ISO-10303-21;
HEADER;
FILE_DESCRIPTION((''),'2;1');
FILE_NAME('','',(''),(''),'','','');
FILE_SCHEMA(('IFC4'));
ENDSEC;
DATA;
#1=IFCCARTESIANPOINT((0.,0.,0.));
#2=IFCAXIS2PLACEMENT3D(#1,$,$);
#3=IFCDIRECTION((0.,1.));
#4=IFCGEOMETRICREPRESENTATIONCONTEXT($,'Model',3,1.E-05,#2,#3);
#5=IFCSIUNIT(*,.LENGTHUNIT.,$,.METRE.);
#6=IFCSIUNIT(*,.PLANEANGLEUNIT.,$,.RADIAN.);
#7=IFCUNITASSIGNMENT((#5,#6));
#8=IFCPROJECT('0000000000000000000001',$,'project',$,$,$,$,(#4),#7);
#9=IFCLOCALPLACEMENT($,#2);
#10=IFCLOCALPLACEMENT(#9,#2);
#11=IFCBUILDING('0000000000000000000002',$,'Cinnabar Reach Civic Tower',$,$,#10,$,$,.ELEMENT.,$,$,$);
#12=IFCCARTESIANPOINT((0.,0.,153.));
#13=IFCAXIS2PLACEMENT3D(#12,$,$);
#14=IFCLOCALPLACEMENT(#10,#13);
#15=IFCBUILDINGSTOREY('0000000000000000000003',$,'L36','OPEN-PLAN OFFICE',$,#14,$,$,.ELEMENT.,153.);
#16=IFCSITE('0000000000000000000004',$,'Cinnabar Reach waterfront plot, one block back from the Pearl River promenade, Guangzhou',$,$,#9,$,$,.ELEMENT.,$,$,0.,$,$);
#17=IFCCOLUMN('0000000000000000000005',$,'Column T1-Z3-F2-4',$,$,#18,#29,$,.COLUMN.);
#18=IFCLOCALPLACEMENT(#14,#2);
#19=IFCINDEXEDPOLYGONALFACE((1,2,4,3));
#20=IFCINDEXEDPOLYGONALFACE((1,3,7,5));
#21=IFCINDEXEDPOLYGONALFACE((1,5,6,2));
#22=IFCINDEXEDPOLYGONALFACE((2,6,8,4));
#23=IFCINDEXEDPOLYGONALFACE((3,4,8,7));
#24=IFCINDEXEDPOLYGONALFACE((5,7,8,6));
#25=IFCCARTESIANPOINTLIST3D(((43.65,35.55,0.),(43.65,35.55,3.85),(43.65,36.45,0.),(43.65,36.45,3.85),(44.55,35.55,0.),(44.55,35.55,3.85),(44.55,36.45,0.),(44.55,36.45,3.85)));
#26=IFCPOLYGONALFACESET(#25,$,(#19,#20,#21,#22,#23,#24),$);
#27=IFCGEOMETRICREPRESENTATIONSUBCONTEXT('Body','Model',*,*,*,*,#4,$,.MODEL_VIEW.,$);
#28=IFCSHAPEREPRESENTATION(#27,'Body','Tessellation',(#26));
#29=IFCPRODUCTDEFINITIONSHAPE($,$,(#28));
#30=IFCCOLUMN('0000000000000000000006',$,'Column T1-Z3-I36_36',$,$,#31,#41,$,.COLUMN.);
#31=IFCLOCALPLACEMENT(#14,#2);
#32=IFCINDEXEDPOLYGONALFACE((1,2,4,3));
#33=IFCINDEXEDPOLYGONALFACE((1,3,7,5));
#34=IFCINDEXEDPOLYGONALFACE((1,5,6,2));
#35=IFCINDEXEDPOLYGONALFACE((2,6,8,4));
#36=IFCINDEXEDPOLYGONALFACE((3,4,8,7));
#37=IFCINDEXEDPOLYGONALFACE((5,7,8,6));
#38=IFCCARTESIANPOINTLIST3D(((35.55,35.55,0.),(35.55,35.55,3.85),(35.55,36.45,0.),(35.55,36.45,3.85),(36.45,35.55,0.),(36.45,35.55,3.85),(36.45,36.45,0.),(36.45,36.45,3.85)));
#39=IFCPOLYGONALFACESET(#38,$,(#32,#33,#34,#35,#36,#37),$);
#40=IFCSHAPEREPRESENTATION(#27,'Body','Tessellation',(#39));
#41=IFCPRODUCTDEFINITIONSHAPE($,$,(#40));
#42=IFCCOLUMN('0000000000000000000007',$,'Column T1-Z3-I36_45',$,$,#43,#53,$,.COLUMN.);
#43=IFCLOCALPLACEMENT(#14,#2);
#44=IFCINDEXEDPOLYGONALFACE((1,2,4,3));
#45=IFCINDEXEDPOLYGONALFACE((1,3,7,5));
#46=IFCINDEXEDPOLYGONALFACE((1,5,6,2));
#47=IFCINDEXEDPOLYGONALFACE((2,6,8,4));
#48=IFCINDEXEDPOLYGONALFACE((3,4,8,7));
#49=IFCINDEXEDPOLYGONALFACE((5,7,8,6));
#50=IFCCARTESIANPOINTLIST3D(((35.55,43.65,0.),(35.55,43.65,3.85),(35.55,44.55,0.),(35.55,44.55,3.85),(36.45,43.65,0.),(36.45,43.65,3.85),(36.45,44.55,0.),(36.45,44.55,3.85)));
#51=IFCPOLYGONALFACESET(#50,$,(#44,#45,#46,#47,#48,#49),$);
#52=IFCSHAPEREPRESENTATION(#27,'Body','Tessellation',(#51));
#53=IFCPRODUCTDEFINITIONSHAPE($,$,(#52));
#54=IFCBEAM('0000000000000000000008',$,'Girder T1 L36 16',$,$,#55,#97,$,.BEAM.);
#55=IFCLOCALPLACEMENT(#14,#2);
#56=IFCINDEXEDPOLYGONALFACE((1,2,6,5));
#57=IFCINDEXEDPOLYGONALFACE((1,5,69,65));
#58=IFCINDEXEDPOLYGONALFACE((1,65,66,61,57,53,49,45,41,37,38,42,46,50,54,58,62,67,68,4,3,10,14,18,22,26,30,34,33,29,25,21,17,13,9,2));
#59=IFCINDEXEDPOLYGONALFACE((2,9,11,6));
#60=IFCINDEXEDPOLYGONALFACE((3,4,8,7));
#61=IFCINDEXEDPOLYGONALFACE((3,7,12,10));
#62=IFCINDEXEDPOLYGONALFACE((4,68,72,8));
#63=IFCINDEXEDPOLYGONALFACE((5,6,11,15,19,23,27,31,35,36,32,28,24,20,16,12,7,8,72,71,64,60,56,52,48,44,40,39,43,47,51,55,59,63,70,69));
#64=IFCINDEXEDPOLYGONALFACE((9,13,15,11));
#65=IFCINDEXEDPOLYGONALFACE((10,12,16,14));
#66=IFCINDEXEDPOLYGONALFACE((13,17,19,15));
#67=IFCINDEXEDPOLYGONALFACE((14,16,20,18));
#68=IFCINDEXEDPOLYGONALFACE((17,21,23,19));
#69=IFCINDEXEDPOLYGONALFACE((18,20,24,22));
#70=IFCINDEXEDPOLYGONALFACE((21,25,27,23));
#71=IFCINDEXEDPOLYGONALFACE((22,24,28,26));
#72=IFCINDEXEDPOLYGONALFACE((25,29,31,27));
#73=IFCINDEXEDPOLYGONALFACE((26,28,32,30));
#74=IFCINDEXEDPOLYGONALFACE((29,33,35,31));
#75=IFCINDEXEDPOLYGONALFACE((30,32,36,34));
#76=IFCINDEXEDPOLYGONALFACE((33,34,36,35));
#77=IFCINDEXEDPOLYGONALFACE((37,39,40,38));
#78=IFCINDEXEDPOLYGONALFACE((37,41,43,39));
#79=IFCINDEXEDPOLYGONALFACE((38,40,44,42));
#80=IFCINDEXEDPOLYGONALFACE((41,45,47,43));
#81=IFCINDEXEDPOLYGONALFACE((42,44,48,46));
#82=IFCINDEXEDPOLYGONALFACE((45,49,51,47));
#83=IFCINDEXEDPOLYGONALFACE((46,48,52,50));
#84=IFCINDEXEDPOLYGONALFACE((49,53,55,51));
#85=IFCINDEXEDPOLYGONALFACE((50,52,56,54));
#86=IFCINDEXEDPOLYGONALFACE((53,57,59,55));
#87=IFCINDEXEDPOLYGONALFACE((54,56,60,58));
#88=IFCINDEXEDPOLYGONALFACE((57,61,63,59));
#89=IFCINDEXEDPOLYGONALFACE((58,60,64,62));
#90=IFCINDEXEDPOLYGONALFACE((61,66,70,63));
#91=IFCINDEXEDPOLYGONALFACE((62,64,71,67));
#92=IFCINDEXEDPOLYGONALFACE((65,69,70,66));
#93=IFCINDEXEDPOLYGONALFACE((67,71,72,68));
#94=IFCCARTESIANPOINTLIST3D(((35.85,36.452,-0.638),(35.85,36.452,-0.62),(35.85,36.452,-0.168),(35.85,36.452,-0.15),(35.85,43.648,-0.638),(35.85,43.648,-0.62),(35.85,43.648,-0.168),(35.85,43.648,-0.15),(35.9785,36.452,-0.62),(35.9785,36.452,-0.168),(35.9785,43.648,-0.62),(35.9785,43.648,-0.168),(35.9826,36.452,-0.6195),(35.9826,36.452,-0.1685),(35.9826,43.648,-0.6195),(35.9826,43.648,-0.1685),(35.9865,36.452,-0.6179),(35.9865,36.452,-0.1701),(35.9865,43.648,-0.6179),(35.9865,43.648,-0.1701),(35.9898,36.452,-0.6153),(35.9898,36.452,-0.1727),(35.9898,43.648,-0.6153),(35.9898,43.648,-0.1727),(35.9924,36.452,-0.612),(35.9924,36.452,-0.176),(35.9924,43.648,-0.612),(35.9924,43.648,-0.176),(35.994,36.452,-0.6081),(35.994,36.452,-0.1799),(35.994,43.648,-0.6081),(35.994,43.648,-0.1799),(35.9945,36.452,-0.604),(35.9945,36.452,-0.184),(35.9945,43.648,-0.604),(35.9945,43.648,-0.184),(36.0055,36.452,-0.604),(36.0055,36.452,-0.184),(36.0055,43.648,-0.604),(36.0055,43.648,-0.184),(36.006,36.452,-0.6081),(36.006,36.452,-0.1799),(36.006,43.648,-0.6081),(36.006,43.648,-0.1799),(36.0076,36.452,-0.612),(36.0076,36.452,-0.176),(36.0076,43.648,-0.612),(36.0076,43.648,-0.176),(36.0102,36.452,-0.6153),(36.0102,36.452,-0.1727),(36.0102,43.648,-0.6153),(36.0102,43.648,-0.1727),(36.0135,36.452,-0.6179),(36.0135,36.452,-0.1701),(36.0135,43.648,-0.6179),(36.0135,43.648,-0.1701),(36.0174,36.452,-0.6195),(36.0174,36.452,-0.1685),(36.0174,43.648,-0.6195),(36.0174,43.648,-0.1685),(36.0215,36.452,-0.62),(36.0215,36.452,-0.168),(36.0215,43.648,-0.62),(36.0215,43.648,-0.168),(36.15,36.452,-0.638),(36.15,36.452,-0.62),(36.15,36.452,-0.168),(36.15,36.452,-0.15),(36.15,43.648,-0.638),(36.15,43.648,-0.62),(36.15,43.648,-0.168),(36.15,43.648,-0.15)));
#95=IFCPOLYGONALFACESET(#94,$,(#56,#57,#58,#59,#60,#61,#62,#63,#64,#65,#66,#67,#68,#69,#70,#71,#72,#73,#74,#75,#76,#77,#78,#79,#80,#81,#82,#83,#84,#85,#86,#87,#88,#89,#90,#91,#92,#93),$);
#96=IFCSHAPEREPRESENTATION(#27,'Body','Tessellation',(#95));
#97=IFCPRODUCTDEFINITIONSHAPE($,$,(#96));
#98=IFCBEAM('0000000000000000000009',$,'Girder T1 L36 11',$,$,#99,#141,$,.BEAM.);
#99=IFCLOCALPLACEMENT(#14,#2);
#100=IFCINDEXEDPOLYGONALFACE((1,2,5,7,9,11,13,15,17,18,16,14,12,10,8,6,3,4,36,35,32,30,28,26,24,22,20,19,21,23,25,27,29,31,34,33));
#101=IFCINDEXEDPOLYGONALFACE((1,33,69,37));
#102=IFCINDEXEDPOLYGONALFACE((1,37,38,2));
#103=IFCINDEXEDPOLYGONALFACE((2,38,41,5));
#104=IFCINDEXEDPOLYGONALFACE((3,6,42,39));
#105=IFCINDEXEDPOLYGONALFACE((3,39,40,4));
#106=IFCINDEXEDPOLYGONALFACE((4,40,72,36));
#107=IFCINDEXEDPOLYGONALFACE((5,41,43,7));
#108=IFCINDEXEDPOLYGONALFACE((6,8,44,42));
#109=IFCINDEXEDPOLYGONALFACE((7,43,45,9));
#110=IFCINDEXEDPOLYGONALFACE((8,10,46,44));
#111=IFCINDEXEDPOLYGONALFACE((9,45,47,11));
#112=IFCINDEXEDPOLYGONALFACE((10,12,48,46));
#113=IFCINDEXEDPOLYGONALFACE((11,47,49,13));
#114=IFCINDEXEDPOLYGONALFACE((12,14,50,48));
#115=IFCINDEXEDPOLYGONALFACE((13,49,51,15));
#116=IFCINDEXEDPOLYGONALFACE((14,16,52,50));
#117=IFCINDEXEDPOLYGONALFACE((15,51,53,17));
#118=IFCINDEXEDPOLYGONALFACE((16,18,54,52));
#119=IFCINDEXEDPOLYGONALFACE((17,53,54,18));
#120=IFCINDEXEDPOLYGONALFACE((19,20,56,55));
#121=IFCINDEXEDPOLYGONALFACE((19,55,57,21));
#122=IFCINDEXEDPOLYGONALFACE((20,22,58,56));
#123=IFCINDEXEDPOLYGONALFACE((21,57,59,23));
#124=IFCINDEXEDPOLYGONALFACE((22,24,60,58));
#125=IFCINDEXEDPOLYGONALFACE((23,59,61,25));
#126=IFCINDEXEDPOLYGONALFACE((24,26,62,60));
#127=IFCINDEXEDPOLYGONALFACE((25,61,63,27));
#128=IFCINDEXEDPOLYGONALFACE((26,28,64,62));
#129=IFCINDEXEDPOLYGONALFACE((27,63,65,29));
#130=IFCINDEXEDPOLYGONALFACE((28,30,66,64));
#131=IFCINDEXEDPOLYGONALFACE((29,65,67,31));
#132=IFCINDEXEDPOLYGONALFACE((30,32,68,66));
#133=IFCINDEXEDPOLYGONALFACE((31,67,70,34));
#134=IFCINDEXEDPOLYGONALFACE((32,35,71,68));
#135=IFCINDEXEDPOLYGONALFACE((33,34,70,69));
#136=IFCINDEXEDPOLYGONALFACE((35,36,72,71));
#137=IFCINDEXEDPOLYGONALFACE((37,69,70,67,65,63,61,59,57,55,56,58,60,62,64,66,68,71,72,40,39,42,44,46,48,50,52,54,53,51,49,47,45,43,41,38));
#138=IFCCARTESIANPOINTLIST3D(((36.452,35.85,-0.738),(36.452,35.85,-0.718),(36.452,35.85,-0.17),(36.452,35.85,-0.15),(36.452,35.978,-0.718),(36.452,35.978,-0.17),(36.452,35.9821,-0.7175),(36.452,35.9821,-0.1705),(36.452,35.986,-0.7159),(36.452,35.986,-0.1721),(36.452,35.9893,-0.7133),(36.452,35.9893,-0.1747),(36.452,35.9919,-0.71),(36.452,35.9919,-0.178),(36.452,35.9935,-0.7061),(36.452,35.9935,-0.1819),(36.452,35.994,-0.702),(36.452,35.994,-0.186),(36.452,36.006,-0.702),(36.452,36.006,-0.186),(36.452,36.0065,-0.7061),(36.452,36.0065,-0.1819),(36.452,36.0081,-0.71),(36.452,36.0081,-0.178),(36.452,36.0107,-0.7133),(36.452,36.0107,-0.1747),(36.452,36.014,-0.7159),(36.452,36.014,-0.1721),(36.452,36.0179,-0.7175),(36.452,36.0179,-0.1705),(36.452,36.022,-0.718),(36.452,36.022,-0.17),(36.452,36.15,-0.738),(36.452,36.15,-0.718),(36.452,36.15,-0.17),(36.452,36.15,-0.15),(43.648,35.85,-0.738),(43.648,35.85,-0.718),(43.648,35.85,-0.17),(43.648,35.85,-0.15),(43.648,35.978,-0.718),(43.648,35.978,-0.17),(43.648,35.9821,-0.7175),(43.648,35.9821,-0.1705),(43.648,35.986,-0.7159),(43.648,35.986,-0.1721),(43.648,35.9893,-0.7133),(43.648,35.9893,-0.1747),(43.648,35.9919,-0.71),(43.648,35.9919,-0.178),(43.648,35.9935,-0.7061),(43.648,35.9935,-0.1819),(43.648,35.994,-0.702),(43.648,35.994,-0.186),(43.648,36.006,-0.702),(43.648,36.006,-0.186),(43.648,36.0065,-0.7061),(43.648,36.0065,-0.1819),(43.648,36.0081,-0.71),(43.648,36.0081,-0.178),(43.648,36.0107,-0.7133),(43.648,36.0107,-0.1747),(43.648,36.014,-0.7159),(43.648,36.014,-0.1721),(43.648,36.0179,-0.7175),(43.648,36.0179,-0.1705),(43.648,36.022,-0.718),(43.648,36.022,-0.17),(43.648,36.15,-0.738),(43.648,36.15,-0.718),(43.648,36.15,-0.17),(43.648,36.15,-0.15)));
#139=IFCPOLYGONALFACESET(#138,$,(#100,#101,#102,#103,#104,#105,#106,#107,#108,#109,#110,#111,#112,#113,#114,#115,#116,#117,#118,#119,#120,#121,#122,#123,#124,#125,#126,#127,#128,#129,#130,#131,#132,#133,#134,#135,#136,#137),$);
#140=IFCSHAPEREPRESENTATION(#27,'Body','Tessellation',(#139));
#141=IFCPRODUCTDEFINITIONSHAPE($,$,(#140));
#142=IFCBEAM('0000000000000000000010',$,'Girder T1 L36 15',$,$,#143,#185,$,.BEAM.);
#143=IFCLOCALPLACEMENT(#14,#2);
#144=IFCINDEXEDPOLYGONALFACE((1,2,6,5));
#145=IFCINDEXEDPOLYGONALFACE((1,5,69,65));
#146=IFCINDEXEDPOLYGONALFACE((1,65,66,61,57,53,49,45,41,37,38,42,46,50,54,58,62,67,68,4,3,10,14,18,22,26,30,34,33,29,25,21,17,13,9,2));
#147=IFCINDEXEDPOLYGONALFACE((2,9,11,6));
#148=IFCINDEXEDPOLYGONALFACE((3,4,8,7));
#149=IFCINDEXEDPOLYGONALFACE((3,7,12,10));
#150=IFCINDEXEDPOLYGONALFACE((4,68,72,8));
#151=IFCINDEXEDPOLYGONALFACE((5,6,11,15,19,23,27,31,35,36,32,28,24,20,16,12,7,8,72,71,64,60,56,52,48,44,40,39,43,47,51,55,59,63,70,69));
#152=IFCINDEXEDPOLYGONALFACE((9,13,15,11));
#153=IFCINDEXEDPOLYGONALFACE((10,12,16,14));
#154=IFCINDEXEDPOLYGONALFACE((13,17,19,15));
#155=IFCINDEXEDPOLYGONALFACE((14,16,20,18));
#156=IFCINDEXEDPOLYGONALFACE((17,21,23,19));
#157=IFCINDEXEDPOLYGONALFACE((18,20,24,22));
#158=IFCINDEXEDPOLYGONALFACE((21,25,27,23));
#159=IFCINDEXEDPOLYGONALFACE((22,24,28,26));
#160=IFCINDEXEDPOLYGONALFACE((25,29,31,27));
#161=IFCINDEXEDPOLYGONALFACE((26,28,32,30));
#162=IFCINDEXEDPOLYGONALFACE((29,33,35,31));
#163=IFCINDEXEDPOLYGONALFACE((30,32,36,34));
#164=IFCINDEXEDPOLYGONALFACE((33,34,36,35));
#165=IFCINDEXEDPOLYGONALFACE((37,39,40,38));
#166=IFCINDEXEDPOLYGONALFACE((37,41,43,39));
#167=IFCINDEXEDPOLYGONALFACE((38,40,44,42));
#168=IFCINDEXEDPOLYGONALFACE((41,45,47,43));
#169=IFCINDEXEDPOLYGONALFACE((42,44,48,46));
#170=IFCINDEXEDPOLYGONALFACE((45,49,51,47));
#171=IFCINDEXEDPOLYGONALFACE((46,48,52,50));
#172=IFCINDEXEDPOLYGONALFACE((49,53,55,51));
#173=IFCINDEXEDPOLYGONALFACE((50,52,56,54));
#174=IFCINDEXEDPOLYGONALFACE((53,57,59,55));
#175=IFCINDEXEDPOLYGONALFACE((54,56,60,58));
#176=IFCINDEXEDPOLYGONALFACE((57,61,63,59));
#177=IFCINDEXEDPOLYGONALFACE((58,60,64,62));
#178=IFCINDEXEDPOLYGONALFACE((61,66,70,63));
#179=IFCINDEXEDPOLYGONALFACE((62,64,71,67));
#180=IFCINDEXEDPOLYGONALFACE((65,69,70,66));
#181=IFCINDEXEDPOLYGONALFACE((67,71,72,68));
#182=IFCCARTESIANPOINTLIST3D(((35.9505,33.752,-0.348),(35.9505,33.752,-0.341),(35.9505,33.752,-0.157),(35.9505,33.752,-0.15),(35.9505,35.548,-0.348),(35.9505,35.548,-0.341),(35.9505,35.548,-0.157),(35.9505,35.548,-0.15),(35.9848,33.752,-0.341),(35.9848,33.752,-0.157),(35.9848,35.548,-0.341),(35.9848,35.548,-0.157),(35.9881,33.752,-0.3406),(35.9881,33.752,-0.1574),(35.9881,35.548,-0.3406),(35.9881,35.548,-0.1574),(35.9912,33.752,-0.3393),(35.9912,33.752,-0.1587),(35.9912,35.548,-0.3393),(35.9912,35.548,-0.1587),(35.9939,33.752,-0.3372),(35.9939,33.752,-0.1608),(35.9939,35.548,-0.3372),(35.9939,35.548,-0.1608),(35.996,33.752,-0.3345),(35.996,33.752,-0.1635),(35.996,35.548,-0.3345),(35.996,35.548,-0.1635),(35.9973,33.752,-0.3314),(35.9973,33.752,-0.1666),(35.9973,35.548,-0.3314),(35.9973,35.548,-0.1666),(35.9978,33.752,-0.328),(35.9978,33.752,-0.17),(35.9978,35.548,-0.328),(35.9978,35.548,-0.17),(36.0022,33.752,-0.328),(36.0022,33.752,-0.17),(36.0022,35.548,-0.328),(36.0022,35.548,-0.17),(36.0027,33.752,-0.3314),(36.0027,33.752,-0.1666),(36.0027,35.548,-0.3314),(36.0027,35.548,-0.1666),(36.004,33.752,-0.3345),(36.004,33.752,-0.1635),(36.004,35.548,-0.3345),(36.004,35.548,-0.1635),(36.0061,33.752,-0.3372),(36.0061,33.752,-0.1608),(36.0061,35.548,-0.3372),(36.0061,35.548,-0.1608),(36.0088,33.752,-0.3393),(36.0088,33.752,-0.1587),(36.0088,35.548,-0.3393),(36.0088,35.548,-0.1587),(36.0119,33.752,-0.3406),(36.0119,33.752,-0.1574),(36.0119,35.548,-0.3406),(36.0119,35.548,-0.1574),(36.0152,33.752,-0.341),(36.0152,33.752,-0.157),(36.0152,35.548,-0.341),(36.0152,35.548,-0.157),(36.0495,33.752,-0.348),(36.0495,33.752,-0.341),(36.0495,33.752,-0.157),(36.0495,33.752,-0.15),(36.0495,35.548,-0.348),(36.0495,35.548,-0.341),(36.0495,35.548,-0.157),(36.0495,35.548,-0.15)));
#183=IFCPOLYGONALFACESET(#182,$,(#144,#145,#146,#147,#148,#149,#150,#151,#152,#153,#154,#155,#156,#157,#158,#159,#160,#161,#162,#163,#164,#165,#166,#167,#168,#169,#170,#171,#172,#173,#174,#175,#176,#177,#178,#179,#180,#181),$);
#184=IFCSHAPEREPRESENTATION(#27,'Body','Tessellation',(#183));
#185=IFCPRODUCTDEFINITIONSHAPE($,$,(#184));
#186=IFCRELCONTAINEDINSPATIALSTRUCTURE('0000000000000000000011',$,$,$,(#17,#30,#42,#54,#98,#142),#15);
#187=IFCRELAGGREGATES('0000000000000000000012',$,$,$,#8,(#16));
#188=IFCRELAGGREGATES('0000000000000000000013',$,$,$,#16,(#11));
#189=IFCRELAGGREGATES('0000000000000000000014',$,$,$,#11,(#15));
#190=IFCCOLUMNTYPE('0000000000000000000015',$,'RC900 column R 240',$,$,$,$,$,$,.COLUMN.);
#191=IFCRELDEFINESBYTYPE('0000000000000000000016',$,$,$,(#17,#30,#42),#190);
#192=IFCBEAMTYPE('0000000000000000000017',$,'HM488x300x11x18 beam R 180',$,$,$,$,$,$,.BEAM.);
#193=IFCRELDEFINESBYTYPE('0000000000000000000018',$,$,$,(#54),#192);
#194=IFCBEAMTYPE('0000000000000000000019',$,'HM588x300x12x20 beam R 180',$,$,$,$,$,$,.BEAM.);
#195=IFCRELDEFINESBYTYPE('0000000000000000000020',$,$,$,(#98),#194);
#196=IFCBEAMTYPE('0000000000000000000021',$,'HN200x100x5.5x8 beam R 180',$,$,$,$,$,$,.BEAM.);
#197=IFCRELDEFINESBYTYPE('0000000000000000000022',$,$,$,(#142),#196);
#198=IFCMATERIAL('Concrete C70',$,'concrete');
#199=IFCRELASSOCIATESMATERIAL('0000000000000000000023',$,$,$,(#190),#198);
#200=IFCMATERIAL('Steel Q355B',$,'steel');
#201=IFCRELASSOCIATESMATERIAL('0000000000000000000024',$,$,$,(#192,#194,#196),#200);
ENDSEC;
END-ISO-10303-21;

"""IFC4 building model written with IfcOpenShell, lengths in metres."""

from ifc_helpers import new_model, si_unit, direction, frame, origin, origin_2d, place, context, subcontext, project, spatial, rectangle, i_section, extrude, material, material_profile, profile_set, type_object, element, save


model = new_model("IFC4")

# Units and contexts
model_context = context("Model", 3, precision=1e-05, world=origin(), true_north=direction((0.0, 1.0)))
body_context = subcontext(model_context, "Body", "Model", "MODEL_VIEW")
ifc_project = project(units=[si_unit("LENGTHUNIT", "METRE"), si_unit("PLANEANGLEUNIT", "RADIAN")], contexts=[model_context])

# Site, building, storey
site_placement = place(None, origin())
site = spatial("IfcSite", under=ifc_project, at=site_placement, Name="Cinnabar Reach waterfront plot, one block back from the Pearl River promenade, Guangzhou", CompositionType="ELEMENT", RefElevation=0.0)
building_placement = place(site_placement, origin())
building = spatial("IfcBuilding", under=site, at=building_placement, Name="Cinnabar Reach Civic Tower", CompositionType="ELEMENT")
storey_placement = place(building_placement, frame((0.0, 0.0, 153.0)))
storey = spatial("IfcBuildingStorey", under=building, at=storey_placement, Name="L36", Description="OPEN-PLAN OFFICE", CompositionType="ELEMENT", Elevation=153.0)

# Columns
ifc_material_1 = material(Name="Concrete C70", Category="concrete")
ifc_material_profile_1 = material_profile(ifc_material_1, rectangle(XDim=0.9, YDim=0.9, at=origin_2d()), Name="RC900")
ifc_profile_set_1 = profile_set([ifc_material_profile_1], Name="Concrete C70")
column_type = type_object("IfcColumnType", Name="RC900 column R 240", PredefinedType="COLUMN", material=ifc_profile_set_1)
for number, where, z_axis, x_axis, name in (
    (1, (44.1, 36.0, 0.0), (0.0, 0.0, 1.0), (1.0, 0.0, 0.0), "Column T1-Z3-F2-4"),
    (2, (36.0, 36.0, 0.0), (0.0, 0.0, 1.0), (1.0, 0.0, 0.0), "Column T1-Z3-I36_36"),
    (3, (36.0, 44.1, 0.0), (0.0, 0.0, 1.0), (1.0, 0.0, 0.0), "Column T1-Z3-I36_45"),
):
    element("IfcColumn", number, at=place(storey_placement, frame(where, z_axis=z_axis, x_axis=x_axis)), inside=storey, type_object=column_type, Name=name, PredefinedType="COLUMN", context=body_context, shape_type="SweptSolid", body=[
        extrude(rectangle(XDim=0.9, YDim=0.9, at=origin_2d()), origin(), (0.0, 0.0, 1.0), 3.85),
    ])

# Beams
ifc_material_2 = material(Name="Steel Q355B", Category="steel")
ifc_material_profile_2 = material_profile(ifc_material_2, i_section(OverallWidth=0.3, OverallDepth=0.488, WebThickness=0.011, FlangeThickness=0.018, FilletRadius=0.016, at=origin_2d()), Name="HM488x300x11x18")
ifc_profile_set_2 = profile_set([ifc_material_profile_2], Name="Steel Q355B")
beam_type_1 = type_object("IfcBeamType", Name="HM488x300x11x18 beam R 180", PredefinedType="BEAM", material=ifc_profile_set_2)
beam_1_placement = place(storey_placement, frame((36.0, 36.452, -0.394), z_axis=(0.0, 1.0, 0.0), x_axis=(-1.0, 0.0, 0.0)))
element("IfcBeam", 4, at=beam_1_placement, inside=storey, type_object=beam_type_1, Name="Girder T1 L36 16", PredefinedType="BEAM", context=body_context, shape_type="SweptSolid", body=[
    extrude(i_section(OverallWidth=0.3, OverallDepth=0.488, WebThickness=0.011, FlangeThickness=0.018, FilletRadius=0.016, at=origin_2d()), origin(), (0.0, 0.0, 1.0), 7.196),
])
ifc_material_profile_3 = material_profile(ifc_material_2, i_section(OverallWidth=0.3, OverallDepth=0.588, WebThickness=0.012, FlangeThickness=0.02, FilletRadius=0.016, at=origin_2d()), Name="HM588x300x12x20")
ifc_profile_set_3 = profile_set([ifc_material_profile_3], Name="Steel Q355B")
beam_type_2 = type_object("IfcBeamType", Name="HM588x300x12x20 beam R 180", PredefinedType="BEAM", material=ifc_profile_set_3)
beam_2_placement = place(storey_placement, frame((36.452, 36.0, -0.444), z_axis=(1.0, 0.0, 0.0), x_axis=(0.0, 1.0, 0.0)))
element("IfcBeam", 5, at=beam_2_placement, inside=storey, type_object=beam_type_2, Name="Girder T1 L36 11", PredefinedType="BEAM", context=body_context, shape_type="SweptSolid", body=[
    extrude(i_section(OverallWidth=0.3, OverallDepth=0.588, WebThickness=0.012, FlangeThickness=0.02, FilletRadius=0.016, at=origin_2d()), origin(), (0.0, 0.0, 1.0), 7.196),
])
ifc_material_profile_4 = material_profile(ifc_material_2, i_section(OverallWidth=0.099, OverallDepth=0.198, WebThickness=0.0045, FlangeThickness=0.007, FilletRadius=0.013, at=origin_2d()), Name="HN200x100x5.5x8")
ifc_profile_set_4 = profile_set([ifc_material_profile_4], Name="Steel Q355B")
beam_type_3 = type_object("IfcBeamType", Name="HN200x100x5.5x8 beam R 180", PredefinedType="BEAM", material=ifc_profile_set_4)
beam_3_placement = place(storey_placement, frame((36.0, 33.752, -0.249), z_axis=(0.0, 1.0, 0.0), x_axis=(-1.0, 0.0, 0.0)))
element("IfcBeam", 6, at=beam_3_placement, inside=storey, type_object=beam_type_3, Name="Girder T1 L36 15", PredefinedType="BEAM", context=body_context, shape_type="SweptSolid", body=[
    extrude(i_section(OverallWidth=0.099, OverallDepth=0.198, WebThickness=0.0045, FlangeThickness=0.007, FilletRadius=0.013, at=origin_2d()), origin(), (0.0, 0.0, 1.0), 1.796),
])

save(model, "model.ifc")
